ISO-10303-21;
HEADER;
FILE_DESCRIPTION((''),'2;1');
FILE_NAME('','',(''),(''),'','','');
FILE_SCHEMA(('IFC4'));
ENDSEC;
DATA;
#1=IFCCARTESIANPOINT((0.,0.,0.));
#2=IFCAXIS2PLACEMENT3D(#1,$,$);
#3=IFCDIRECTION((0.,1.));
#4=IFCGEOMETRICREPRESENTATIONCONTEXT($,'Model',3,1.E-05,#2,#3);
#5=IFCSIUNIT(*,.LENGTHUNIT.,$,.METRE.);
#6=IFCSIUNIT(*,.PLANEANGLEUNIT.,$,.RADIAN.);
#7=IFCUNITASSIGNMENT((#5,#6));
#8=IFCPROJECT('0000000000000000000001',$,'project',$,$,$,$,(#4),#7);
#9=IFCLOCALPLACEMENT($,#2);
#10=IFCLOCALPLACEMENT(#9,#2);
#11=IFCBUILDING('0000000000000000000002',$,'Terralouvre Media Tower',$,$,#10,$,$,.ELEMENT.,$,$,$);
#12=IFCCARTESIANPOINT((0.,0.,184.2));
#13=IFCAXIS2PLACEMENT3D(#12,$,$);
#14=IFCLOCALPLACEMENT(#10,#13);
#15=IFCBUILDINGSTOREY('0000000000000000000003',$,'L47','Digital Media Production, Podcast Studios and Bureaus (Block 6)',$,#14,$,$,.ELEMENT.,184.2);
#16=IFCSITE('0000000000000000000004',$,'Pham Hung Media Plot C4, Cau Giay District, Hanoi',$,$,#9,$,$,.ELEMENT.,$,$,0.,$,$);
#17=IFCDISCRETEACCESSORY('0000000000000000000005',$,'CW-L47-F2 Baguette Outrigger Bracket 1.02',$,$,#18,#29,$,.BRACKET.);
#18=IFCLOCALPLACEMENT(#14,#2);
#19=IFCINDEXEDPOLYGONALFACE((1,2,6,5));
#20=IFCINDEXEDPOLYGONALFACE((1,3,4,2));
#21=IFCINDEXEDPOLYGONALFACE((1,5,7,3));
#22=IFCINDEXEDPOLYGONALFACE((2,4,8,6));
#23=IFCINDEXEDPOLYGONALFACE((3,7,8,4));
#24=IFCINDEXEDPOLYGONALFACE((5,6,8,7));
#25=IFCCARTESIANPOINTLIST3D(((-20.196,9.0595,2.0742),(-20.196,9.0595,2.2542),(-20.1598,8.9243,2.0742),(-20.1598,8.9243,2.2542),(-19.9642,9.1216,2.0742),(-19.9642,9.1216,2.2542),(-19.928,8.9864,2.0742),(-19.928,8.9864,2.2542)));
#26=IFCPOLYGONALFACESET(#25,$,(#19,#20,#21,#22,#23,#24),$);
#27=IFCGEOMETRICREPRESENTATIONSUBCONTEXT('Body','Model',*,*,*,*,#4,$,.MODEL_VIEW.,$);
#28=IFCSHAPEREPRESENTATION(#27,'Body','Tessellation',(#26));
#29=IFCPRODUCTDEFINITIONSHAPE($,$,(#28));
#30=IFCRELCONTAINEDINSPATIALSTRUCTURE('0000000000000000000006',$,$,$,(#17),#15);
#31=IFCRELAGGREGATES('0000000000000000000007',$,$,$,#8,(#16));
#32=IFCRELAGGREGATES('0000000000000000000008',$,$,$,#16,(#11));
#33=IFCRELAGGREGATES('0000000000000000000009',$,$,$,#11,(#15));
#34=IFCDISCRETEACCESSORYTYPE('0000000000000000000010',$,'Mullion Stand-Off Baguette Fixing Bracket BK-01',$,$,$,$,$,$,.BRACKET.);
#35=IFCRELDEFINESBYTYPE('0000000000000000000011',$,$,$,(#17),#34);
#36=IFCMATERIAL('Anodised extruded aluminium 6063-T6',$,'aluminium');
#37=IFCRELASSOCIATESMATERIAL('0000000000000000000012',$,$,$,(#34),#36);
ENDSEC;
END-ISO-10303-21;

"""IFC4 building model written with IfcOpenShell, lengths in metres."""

from ifc_helpers import new_model, si_unit, direction, frame, origin, origin_2d, place, context, subcontext, project, spatial, rectangle, extrude, material, type_object, element, save


model = new_model("IFC4")

# Units and contexts
model_context = context("Model", 3, precision=1e-05, world=origin(), true_north=direction((0.0, 1.0)))
body_context = subcontext(model_context, "Body", "Model", "MODEL_VIEW")
ifc_project = project(units=[si_unit("LENGTHUNIT", "METRE"), si_unit("PLANEANGLEUNIT", "RADIAN")], contexts=[model_context])

# Site, building, storey
site_placement = place(None, origin())
site = spatial("IfcSite", under=ifc_project, at=site_placement, Name="Pham Hung Media Plot C4, Cau Giay District, Hanoi", CompositionType="ELEMENT", RefElevation=0.0)
building_placement = place(site_placement, origin())
building = spatial("IfcBuilding", under=site, at=building_placement, Name="Terralouvre Media Tower", CompositionType="ELEMENT")
storey_placement = place(building_placement, frame((0.0, 0.0, 184.2)))
storey = spatial("IfcBuildingStorey", under=building, at=storey_placement, Name="L47", Description="Digital Media Production, Podcast Studios and Bureaus (Block 6)", CompositionType="ELEMENT", Elevation=184.2)

# Discrete accessory
ifc_material_1 = material(Name="Anodised extruded aluminium 6063-T6", Category="aluminium")
discrete_accessory_type = type_object("IfcDiscreteAccessoryType", Name="Mullion Stand-Off Baguette Fixing Bracket BK-01", PredefinedType="BRACKET", material=ifc_material_1)
discrete_accessory_placement = place(storey_placement, frame((-20.062, 9.0229, 2.0742), z_axis=(0.0, 0.0, 1.0), x_axis=(0.258819, -0.965926, 0.0)))
element("IfcDiscreteAccessory", 1, at=discrete_accessory_placement, inside=storey, type_object=discrete_accessory_type, Name="CW-L47-F2 Baguette Outrigger Bracket 1.02", PredefinedType="BRACKET", context=body_context, shape_type="SweptSolid", body=[
    extrude(rectangle(XDim=0.1399, YDim=0.24, at=origin_2d()), origin(), (0.0, 0.0, 1.0), 0.1799),
])

save(model, "model.ifc")
